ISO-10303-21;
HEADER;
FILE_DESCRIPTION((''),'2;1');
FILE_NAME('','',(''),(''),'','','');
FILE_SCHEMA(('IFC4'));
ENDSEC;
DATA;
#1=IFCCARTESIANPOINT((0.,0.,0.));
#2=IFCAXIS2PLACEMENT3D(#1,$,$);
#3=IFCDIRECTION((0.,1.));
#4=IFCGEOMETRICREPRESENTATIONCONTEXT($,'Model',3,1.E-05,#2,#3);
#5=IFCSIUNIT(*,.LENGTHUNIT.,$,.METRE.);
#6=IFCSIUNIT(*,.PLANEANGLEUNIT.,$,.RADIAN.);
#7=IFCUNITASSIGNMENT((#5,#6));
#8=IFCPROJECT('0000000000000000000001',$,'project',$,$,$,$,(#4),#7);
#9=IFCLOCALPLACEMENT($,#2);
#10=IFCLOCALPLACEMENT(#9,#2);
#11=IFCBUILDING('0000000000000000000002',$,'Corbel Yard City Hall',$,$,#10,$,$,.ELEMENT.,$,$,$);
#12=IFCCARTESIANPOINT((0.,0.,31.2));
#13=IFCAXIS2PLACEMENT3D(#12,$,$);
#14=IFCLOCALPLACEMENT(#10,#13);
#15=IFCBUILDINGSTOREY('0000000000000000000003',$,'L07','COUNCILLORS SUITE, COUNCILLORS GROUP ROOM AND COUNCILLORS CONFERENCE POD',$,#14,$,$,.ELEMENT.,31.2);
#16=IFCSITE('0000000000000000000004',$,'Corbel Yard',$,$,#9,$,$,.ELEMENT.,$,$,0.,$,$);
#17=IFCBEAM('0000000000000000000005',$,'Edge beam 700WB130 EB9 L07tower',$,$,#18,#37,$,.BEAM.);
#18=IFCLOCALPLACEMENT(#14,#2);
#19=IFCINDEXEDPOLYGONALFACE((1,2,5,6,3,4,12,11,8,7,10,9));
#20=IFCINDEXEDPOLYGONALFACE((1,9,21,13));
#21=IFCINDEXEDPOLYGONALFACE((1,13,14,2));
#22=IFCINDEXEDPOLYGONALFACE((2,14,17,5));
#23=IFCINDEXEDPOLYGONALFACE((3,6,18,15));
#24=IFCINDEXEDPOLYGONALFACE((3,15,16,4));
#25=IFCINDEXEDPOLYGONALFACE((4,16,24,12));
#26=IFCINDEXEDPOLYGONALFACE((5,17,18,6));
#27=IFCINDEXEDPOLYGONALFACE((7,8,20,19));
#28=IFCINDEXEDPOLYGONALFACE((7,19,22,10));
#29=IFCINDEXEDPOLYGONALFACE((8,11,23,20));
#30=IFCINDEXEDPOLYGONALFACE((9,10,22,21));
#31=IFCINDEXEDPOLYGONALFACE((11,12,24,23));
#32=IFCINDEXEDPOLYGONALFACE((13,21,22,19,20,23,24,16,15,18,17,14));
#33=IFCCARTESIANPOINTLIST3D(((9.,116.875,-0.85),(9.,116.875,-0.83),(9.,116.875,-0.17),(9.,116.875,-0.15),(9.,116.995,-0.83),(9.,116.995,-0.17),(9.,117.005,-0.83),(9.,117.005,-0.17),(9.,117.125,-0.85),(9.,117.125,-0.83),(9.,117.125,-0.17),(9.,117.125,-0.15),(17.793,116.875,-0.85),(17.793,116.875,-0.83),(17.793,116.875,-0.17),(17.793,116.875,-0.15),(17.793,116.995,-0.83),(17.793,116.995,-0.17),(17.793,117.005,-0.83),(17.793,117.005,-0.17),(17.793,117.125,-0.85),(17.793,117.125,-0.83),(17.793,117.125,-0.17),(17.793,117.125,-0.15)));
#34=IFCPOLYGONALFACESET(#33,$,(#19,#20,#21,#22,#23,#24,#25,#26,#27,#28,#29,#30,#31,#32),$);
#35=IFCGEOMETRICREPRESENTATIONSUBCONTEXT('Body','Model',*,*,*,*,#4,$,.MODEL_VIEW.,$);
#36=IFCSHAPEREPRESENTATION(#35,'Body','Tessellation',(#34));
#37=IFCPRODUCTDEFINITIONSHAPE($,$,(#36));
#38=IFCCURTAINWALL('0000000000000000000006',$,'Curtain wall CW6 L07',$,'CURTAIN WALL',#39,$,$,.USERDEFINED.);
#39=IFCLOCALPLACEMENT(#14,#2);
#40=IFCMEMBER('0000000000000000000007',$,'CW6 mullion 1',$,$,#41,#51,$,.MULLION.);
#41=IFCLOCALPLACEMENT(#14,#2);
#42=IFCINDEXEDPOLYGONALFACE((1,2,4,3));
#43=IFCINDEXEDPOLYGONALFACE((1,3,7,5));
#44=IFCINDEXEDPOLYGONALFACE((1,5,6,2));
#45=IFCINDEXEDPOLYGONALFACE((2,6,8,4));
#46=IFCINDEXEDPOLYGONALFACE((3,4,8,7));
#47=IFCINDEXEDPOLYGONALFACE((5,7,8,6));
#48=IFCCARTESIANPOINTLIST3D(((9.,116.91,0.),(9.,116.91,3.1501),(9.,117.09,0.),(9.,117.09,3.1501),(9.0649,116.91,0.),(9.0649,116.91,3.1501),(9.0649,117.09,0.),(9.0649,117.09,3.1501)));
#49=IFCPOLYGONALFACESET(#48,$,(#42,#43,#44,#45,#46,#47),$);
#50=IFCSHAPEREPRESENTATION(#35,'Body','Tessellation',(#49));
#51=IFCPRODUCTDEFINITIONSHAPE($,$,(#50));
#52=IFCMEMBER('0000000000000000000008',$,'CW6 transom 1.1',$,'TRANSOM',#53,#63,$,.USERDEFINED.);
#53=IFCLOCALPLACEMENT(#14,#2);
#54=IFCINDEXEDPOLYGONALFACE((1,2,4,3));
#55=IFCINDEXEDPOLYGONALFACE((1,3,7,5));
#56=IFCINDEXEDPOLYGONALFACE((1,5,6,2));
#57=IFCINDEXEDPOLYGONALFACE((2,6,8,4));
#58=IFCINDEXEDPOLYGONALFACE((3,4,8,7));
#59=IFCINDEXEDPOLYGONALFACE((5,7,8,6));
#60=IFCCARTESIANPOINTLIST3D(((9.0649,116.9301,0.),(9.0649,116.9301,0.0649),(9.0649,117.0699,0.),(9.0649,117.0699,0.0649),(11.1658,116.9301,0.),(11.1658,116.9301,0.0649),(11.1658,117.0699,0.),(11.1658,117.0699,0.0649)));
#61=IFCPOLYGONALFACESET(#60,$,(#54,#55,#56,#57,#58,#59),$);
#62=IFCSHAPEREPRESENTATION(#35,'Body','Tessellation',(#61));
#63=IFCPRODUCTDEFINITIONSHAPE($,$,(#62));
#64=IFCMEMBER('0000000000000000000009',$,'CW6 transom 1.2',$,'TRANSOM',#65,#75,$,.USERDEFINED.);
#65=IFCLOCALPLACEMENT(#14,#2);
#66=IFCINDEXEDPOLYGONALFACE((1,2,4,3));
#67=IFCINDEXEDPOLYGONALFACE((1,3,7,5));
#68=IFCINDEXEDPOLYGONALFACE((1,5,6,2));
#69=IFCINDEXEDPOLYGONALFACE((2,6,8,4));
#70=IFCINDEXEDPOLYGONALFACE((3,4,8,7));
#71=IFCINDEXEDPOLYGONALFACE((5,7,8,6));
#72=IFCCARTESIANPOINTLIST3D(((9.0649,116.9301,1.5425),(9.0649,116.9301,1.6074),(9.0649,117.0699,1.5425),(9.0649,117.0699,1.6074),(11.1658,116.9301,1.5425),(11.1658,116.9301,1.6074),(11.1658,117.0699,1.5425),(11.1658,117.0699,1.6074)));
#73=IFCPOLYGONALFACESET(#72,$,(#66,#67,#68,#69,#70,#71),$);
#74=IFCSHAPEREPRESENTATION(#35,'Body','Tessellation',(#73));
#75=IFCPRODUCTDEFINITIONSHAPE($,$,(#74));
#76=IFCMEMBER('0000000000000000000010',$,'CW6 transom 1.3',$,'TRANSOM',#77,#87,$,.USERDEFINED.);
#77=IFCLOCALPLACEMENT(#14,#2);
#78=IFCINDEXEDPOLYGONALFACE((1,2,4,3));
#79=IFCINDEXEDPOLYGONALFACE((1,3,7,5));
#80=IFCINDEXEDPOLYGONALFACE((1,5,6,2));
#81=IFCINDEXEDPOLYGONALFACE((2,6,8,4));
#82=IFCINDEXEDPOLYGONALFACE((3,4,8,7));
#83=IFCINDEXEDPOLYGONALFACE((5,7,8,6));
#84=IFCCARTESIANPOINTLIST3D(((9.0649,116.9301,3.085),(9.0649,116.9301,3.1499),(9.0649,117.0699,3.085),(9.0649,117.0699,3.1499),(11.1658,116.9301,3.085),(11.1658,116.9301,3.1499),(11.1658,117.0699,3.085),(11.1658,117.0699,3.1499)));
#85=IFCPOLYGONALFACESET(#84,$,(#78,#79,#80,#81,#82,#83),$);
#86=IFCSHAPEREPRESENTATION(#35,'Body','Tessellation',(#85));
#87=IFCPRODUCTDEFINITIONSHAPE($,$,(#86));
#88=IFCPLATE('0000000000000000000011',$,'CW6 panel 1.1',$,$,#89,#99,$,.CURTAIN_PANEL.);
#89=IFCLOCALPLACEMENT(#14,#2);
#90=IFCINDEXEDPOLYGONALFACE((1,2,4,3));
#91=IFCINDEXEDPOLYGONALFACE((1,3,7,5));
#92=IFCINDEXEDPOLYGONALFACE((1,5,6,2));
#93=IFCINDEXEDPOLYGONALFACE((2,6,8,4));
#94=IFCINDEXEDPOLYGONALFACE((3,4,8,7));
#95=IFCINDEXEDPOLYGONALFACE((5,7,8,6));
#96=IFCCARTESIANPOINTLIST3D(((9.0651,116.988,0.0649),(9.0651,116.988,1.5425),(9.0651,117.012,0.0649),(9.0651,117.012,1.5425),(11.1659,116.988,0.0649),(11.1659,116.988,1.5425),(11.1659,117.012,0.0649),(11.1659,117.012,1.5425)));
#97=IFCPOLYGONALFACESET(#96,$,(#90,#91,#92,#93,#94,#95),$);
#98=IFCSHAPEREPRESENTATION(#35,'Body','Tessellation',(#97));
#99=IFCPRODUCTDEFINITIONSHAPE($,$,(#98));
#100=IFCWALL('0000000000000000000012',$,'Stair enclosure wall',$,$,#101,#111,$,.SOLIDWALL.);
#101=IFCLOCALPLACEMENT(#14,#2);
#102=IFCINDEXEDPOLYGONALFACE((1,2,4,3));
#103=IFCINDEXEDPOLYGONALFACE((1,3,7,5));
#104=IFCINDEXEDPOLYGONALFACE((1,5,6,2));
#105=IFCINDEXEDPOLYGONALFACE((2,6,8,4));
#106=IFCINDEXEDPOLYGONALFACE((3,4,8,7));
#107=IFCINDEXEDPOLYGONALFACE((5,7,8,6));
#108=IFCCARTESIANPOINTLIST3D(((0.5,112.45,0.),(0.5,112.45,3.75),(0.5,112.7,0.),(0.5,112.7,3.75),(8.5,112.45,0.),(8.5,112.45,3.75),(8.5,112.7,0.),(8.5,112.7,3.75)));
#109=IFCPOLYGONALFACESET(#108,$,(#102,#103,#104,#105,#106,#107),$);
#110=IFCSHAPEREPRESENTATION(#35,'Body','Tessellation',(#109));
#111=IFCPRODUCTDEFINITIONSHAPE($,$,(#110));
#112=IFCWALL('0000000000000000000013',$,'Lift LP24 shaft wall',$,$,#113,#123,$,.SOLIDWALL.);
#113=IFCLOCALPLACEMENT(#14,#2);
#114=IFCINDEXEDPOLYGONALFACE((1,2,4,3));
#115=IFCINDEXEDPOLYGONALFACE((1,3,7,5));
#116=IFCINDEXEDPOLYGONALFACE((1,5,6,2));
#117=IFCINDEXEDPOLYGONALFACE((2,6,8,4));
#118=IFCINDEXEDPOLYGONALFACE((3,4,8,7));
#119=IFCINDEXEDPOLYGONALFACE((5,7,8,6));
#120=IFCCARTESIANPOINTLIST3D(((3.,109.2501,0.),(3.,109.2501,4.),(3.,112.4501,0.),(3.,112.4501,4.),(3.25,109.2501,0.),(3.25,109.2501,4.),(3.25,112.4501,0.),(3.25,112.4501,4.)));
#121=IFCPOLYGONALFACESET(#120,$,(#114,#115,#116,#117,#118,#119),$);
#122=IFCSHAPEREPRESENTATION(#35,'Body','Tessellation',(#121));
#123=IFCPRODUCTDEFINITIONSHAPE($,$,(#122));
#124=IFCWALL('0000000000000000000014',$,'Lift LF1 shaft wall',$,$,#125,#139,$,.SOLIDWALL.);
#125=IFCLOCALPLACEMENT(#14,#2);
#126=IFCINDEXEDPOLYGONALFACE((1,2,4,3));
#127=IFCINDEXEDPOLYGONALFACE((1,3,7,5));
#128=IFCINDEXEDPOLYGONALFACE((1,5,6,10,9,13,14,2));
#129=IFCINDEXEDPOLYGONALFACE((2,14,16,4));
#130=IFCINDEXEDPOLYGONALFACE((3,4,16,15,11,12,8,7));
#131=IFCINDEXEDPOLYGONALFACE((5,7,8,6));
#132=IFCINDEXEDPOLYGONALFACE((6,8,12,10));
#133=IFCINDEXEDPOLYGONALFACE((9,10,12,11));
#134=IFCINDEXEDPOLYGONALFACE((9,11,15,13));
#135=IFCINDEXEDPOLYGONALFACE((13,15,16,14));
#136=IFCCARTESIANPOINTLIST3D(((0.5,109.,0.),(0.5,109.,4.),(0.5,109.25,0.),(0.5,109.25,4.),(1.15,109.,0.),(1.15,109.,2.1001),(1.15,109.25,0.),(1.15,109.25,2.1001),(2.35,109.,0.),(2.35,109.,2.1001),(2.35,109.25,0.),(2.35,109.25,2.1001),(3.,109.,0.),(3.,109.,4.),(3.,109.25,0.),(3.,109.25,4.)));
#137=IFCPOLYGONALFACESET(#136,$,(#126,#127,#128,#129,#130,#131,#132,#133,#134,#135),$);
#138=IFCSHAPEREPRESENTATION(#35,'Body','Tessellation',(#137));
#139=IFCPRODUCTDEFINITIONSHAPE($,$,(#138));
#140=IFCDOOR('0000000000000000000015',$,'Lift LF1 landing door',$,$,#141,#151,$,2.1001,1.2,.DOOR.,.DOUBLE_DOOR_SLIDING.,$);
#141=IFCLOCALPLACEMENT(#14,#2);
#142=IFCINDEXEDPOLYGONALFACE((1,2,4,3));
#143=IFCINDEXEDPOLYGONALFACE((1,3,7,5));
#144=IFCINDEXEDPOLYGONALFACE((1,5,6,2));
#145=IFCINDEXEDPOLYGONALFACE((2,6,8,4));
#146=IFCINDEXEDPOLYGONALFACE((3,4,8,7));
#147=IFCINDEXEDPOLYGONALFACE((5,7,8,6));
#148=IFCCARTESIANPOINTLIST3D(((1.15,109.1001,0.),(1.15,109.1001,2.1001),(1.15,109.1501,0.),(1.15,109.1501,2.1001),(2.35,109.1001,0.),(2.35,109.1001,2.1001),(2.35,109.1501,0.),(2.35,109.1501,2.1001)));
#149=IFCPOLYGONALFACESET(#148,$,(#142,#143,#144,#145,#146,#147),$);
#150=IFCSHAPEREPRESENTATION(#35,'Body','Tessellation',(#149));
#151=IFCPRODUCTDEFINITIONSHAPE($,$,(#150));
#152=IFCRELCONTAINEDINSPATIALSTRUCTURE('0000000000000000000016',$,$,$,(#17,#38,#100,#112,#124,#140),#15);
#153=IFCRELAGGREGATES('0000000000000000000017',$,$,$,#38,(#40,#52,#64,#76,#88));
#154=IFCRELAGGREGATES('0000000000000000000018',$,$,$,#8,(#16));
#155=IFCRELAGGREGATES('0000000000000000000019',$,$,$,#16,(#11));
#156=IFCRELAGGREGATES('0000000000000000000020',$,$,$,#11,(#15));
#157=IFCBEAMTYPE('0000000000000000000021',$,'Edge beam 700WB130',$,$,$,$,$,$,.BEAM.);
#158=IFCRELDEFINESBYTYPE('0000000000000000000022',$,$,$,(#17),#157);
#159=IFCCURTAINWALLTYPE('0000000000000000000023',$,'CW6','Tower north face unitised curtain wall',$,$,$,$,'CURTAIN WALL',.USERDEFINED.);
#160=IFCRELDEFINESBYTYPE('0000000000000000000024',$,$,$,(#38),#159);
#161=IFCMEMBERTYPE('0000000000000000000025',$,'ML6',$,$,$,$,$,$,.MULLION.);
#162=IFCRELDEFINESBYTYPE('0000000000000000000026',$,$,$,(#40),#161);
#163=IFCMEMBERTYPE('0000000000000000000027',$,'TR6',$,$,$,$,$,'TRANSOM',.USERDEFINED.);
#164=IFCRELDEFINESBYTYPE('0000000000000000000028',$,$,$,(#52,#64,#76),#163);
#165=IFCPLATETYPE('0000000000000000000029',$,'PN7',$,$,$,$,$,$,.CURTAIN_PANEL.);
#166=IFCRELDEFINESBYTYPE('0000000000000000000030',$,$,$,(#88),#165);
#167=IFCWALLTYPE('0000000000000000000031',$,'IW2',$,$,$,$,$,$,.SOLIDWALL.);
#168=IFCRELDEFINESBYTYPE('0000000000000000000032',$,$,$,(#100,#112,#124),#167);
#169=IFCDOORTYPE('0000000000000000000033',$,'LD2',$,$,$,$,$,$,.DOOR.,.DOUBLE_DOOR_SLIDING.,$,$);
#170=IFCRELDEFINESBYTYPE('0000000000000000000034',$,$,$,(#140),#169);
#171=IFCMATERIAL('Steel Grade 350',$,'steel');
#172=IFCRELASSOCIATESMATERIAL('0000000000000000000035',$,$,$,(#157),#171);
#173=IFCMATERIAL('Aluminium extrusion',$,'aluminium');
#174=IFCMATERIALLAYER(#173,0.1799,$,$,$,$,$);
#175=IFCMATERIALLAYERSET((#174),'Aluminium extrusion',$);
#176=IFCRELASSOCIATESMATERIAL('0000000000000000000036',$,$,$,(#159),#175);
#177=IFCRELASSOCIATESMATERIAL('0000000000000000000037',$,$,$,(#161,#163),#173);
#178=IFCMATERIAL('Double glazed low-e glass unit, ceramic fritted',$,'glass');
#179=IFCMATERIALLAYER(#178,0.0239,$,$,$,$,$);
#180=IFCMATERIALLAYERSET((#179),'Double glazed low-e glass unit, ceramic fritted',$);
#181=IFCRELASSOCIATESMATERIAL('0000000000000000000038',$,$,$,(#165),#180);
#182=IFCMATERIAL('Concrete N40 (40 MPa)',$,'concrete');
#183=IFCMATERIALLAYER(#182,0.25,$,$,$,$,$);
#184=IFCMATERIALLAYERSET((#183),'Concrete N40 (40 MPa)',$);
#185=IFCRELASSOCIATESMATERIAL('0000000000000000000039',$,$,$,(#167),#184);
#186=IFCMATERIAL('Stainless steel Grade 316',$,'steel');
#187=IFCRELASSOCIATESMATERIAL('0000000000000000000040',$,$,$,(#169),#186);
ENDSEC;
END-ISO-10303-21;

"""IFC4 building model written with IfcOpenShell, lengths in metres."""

from ifc_helpers import new_model, si_unit, direction, frame, frame_2d, origin, origin_2d, place, context, subcontext, project, spatial, rectangle, i_section, extrude, material, layer, layer_set, material_profile, profile_set, type_object, element, fill, aggregate, save


model = new_model("IFC4")

# Units and contexts
model_context = context("Model", 3, precision=1e-05, world=origin(), true_north=direction((0.0, 1.0)))
body_context = subcontext(model_context, "Body", "Model", "MODEL_VIEW")
ifc_project = project(units=[si_unit("LENGTHUNIT", "METRE"), si_unit("PLANEANGLEUNIT", "RADIAN")], contexts=[model_context])

# Site, building, storey
site_placement = place(None, origin())
site = spatial("IfcSite", under=ifc_project, at=site_placement, Name="Corbel Yard", CompositionType="ELEMENT", RefElevation=0.0)
building_placement = place(site_placement, origin())
building = spatial("IfcBuilding", under=site, at=building_placement, Name="Corbel Yard City Hall", CompositionType="ELEMENT")
storey_placement = place(building_placement, frame((0.0, 0.0, 31.2)))
storey = spatial("IfcBuildingStorey", under=building, at=storey_placement, Name="L07", Description="COUNCILLORS SUITE, COUNCILLORS GROUP ROOM AND COUNCILLORS CONFERENCE POD", CompositionType="ELEMENT", Elevation=31.2)

# Beam
ifc_material_1 = material(Name="Steel Grade 350", Category="steel")
ifc_material_profile_1 = material_profile(ifc_material_1, i_section(OverallWidth=0.25, OverallDepth=0.7, WebThickness=0.01, FlangeThickness=0.02, at=origin_2d()), Name="700WB130")
ifc_profile_set_1 = profile_set([ifc_material_profile_1], Name="Steel Grade 350")
beam_type = type_object("IfcBeamType", Name="Edge beam 700WB130", PredefinedType="BEAM", material=ifc_profile_set_1)
beam_placement = place(storey_placement, frame((9.0, 117.0, -0.5), z_axis=(1.0, 0.0, 0.0), x_axis=(0.0, 1.0, 0.0)))
element("IfcBeam", 1, at=beam_placement, inside=storey, type_object=beam_type, Name="Edge beam 700WB130 EB9 L07tower", PredefinedType="BEAM", context=body_context, shape_type="SweptSolid", body=[
    extrude(i_section(OverallWidth=0.25, OverallDepth=0.7, WebThickness=0.01, FlangeThickness=0.02, at=origin_2d()), origin(), (0.0, 0.0, 1.0), 8.793),
])

# Curtain wall, members, plate
ifc_material_2 = material(Name="Aluminium extrusion", Category="aluminium")
ifc_layer_1 = layer(ifc_material_2, 0.1799)
ifc_layer_set_1 = layer_set([ifc_layer_1], Name="Aluminium extrusion")
curtain_wall_type = type_object("IfcCurtainWallType", Name="CW6", Description="Tower north face unitised curtain wall", ElementType="CURTAIN WALL", PredefinedType="USERDEFINED", material=ifc_layer_set_1)
curtain_wall_placement = place(storey_placement, origin())
curtain_wall = element("IfcCurtainWall", 2, at=curtain_wall_placement, inside=storey, type_object=curtain_wall_type, Name="Curtain wall CW6 L07", ObjectType="CURTAIN WALL", PredefinedType="USERDEFINED")
ifc_material_profile_2 = material_profile(ifc_material_2, rectangle(XDim=0.1799, YDim=0.0649, at=origin_2d()), Name="180x65")
ifc_profile_set_2 = profile_set([ifc_material_profile_2], Name="Aluminium extrusion")
member_type_1 = type_object("IfcMemberType", Name="ML6", PredefinedType="MULLION", material=ifc_profile_set_2)
member_1_placement = place(storey_placement, frame((9.0325, 117.0, 0.0), z_axis=(0.0, 0.0, 1.0), x_axis=(0.0, 1.0, 0.0)))
member_1 = element("IfcMember", 3, at=member_1_placement, type_object=member_type_1, Name="CW6 mullion 1", PredefinedType="MULLION", context=body_context, shape_type="SweptSolid", body=[
    extrude(rectangle(XDim=0.1799, YDim=0.0649, at=origin_2d()), origin(), (0.0, 0.0, 1.0), 3.1501),
])
ifc_material_profile_3 = material_profile(ifc_material_2, rectangle(XDim=0.1399, YDim=0.0649, at=origin_2d()), Name="140x65")
ifc_profile_set_3 = profile_set([ifc_material_profile_3], Name="Aluminium extrusion")
member_type_2 = type_object("IfcMemberType", Name="TR6", ElementType="TRANSOM", PredefinedType="USERDEFINED", material=ifc_profile_set_3)
member_2_placement = place(storey_placement, frame((9.0649, 117.0, 0.0325), z_axis=(1.0, 0.0, 0.0), x_axis=(0.0, 1.0, 0.0)))
member_2 = element("IfcMember", 4, at=member_2_placement, type_object=member_type_2, Name="CW6 transom 1.1", ObjectType="TRANSOM", PredefinedType="USERDEFINED", context=body_context, shape_type="SweptSolid", body=[
    extrude(rectangle(XDim=0.1399, YDim=0.0649, at=origin_2d()), origin(), (0.0, 0.0, 1.0), 2.1008),
])
member_3_placement = place(storey_placement, frame((9.0649, 117.0, 1.575), z_axis=(1.0, 0.0, 0.0), x_axis=(0.0, 1.0, 0.0)))
member_3 = element("IfcMember", 5, at=member_3_placement, type_object=member_type_2, Name="CW6 transom 1.2", ObjectType="TRANSOM", PredefinedType="USERDEFINED", context=body_context, shape_type="SweptSolid", body=[
    extrude(rectangle(XDim=0.1399, YDim=0.0649, at=origin_2d()), origin(), (0.0, 0.0, 1.0), 2.1008),
])
member_4_placement = place(storey_placement, frame((9.0649, 117.0, 3.1174), z_axis=(1.0, 0.0, 0.0), x_axis=(0.0, 1.0, 0.0)))
member_4 = element("IfcMember", 6, at=member_4_placement, type_object=member_type_2, Name="CW6 transom 1.3", ObjectType="TRANSOM", PredefinedType="USERDEFINED", context=body_context, shape_type="SweptSolid", body=[
    extrude(rectangle(XDim=0.1399, YDim=0.0649, at=origin_2d()), origin(), (0.0, 0.0, 1.0), 2.1008),
])
ifc_material_3 = material(Name="Double glazed low-e glass unit, ceramic fritted", Category="glass")
ifc_layer_2 = layer(ifc_material_3, 0.0239)
ifc_layer_set_2 = layer_set([ifc_layer_2], Name="Double glazed low-e glass unit, ceramic fritted")
plate_type = type_object("IfcPlateType", Name="PN7", PredefinedType="CURTAIN_PANEL", material=ifc_layer_set_2)
plate_placement = place(storey_placement, frame((10.1155, 117.0, 0.0649), z_axis=(0.0, 0.0, 1.0), x_axis=(1.0, 0.0, 0.0)))
plate = element("IfcPlate", 7, at=plate_placement, type_object=plate_type, Name="CW6 panel 1.1", PredefinedType="CURTAIN_PANEL", context=body_context, shape_type="SweptSolid", body=[
    extrude(rectangle(XDim=2.1008, YDim=0.0239, at=origin_2d()), origin(), (0.0, 0.0, 1.0), 1.4775),
])
aggregate(curtain_wall, [member_1, member_2, member_3, member_4, plate])

# Walls
ifc_material_4 = material(Name="Concrete N40 (40 MPa)", Category="concrete")
ifc_layer_3 = layer(ifc_material_4, 0.25)
ifc_layer_set_3 = layer_set([ifc_layer_3], Name="Concrete N40 (40 MPa)")
wall_type_1 = type_object("IfcWallType", Name="IW2", PredefinedType="SOLIDWALL", material=ifc_layer_set_3)
wall_1_placement = place(storey_placement, frame((8.5, 112.575, 0.0), z_axis=(0.0, 0.0, 1.0), x_axis=(-1.0, 0.0, 0.0)))
element("IfcWall", 8, at=wall_1_placement, inside=storey, type_object=wall_type_1, Name="Stair enclosure wall", PredefinedType="SOLIDWALL", context=body_context, shape_type="SweptSolid", body=[
    extrude(rectangle(XDim=8.0, YDim=0.25, at=frame_2d((4.0, 0.0))), origin(), (0.0, 0.0, 1.0), 3.75),
])
wall_2_placement = place(storey_placement, frame((3.125, 109.25, 0.0), z_axis=(0.0, 0.0, 1.0), x_axis=(0.0, 1.0, 0.0)))
element("IfcWall", 9, at=wall_2_placement, inside=storey, type_object=wall_type_1, Name="Lift LP24 shaft wall", PredefinedType="SOLIDWALL", context=body_context, shape_type="SweptSolid", body=[
    extrude(rectangle(XDim=3.2, YDim=0.25, at=frame_2d((1.6001, 0.0))), origin(), (0.0, 0.0, 1.0), 4.0),
])

# Wall, opening, door
wall_3_placement = place(storey_placement, frame((3.0, 109.125, 0.0), z_axis=(0.0, 0.0, 1.0), x_axis=(-1.0, 0.0, 0.0)))
wall_3 = element("IfcWall", 10, at=wall_3_placement, inside=storey, type_object=wall_type_1, Name="Lift LF1 shaft wall", PredefinedType="SOLIDWALL", context=body_context, shape_type="SweptSolid", body=[
    extrude(rectangle(XDim=2.5, YDim=0.25, at=frame_2d((1.25, 0.0))), origin(), (0.0, 0.0, 1.0), 4.0),
])
opening_1_placement = place(wall_3_placement, frame((0.6499, 0.0, 0.0)))
opening_1 = element("IfcOpeningElement", 11, at=opening_1_placement, cuts=wall_3, PredefinedType="OPENING", context=body_context, shape_type="SweptSolid", body=[
    extrude(rectangle(XDim=1.2, YDim=2.1001, at=frame_2d((0.6001, 1.05))), frame((0.0, 0.135, 0.0), z_axis=(0.0, -1.0, 0.0), x_axis=(1.0, 0.0, 0.0)), (0.0, 0.0, 1.0), 0.27),
])
ifc_material_5 = material(Name="Stainless steel Grade 316", Category="steel")
door_type_1 = type_object("IfcDoorType", Name="LD2", OperationType="DOUBLE_DOOR_SLIDING", PredefinedType="DOOR", material=ifc_material_5)
door_1_placement = place(opening_1_placement, origin())
door_1 = element("IfcDoor", 12, at=door_1_placement, inside=storey, type_object=door_type_1, Name="Lift LF1 landing door", OperationType="DOUBLE_DOOR_SLIDING", OverallHeight=2.1001, OverallWidth=1.2, PredefinedType="DOOR", context=body_context, shape_type="SweptSolid", body=[
    extrude(rectangle(XDim=1.2, YDim=2.1001, at=frame_2d((0.6001, 1.05))), frame((0.0, 0.0249, 0.0), z_axis=(0.0, -1.0, 0.0), x_axis=(1.0, 0.0, 0.0)), (0.0, 0.0, 1.0), 0.05),
])
fill(opening_1, door_1)

save(model, "model.ifc")
